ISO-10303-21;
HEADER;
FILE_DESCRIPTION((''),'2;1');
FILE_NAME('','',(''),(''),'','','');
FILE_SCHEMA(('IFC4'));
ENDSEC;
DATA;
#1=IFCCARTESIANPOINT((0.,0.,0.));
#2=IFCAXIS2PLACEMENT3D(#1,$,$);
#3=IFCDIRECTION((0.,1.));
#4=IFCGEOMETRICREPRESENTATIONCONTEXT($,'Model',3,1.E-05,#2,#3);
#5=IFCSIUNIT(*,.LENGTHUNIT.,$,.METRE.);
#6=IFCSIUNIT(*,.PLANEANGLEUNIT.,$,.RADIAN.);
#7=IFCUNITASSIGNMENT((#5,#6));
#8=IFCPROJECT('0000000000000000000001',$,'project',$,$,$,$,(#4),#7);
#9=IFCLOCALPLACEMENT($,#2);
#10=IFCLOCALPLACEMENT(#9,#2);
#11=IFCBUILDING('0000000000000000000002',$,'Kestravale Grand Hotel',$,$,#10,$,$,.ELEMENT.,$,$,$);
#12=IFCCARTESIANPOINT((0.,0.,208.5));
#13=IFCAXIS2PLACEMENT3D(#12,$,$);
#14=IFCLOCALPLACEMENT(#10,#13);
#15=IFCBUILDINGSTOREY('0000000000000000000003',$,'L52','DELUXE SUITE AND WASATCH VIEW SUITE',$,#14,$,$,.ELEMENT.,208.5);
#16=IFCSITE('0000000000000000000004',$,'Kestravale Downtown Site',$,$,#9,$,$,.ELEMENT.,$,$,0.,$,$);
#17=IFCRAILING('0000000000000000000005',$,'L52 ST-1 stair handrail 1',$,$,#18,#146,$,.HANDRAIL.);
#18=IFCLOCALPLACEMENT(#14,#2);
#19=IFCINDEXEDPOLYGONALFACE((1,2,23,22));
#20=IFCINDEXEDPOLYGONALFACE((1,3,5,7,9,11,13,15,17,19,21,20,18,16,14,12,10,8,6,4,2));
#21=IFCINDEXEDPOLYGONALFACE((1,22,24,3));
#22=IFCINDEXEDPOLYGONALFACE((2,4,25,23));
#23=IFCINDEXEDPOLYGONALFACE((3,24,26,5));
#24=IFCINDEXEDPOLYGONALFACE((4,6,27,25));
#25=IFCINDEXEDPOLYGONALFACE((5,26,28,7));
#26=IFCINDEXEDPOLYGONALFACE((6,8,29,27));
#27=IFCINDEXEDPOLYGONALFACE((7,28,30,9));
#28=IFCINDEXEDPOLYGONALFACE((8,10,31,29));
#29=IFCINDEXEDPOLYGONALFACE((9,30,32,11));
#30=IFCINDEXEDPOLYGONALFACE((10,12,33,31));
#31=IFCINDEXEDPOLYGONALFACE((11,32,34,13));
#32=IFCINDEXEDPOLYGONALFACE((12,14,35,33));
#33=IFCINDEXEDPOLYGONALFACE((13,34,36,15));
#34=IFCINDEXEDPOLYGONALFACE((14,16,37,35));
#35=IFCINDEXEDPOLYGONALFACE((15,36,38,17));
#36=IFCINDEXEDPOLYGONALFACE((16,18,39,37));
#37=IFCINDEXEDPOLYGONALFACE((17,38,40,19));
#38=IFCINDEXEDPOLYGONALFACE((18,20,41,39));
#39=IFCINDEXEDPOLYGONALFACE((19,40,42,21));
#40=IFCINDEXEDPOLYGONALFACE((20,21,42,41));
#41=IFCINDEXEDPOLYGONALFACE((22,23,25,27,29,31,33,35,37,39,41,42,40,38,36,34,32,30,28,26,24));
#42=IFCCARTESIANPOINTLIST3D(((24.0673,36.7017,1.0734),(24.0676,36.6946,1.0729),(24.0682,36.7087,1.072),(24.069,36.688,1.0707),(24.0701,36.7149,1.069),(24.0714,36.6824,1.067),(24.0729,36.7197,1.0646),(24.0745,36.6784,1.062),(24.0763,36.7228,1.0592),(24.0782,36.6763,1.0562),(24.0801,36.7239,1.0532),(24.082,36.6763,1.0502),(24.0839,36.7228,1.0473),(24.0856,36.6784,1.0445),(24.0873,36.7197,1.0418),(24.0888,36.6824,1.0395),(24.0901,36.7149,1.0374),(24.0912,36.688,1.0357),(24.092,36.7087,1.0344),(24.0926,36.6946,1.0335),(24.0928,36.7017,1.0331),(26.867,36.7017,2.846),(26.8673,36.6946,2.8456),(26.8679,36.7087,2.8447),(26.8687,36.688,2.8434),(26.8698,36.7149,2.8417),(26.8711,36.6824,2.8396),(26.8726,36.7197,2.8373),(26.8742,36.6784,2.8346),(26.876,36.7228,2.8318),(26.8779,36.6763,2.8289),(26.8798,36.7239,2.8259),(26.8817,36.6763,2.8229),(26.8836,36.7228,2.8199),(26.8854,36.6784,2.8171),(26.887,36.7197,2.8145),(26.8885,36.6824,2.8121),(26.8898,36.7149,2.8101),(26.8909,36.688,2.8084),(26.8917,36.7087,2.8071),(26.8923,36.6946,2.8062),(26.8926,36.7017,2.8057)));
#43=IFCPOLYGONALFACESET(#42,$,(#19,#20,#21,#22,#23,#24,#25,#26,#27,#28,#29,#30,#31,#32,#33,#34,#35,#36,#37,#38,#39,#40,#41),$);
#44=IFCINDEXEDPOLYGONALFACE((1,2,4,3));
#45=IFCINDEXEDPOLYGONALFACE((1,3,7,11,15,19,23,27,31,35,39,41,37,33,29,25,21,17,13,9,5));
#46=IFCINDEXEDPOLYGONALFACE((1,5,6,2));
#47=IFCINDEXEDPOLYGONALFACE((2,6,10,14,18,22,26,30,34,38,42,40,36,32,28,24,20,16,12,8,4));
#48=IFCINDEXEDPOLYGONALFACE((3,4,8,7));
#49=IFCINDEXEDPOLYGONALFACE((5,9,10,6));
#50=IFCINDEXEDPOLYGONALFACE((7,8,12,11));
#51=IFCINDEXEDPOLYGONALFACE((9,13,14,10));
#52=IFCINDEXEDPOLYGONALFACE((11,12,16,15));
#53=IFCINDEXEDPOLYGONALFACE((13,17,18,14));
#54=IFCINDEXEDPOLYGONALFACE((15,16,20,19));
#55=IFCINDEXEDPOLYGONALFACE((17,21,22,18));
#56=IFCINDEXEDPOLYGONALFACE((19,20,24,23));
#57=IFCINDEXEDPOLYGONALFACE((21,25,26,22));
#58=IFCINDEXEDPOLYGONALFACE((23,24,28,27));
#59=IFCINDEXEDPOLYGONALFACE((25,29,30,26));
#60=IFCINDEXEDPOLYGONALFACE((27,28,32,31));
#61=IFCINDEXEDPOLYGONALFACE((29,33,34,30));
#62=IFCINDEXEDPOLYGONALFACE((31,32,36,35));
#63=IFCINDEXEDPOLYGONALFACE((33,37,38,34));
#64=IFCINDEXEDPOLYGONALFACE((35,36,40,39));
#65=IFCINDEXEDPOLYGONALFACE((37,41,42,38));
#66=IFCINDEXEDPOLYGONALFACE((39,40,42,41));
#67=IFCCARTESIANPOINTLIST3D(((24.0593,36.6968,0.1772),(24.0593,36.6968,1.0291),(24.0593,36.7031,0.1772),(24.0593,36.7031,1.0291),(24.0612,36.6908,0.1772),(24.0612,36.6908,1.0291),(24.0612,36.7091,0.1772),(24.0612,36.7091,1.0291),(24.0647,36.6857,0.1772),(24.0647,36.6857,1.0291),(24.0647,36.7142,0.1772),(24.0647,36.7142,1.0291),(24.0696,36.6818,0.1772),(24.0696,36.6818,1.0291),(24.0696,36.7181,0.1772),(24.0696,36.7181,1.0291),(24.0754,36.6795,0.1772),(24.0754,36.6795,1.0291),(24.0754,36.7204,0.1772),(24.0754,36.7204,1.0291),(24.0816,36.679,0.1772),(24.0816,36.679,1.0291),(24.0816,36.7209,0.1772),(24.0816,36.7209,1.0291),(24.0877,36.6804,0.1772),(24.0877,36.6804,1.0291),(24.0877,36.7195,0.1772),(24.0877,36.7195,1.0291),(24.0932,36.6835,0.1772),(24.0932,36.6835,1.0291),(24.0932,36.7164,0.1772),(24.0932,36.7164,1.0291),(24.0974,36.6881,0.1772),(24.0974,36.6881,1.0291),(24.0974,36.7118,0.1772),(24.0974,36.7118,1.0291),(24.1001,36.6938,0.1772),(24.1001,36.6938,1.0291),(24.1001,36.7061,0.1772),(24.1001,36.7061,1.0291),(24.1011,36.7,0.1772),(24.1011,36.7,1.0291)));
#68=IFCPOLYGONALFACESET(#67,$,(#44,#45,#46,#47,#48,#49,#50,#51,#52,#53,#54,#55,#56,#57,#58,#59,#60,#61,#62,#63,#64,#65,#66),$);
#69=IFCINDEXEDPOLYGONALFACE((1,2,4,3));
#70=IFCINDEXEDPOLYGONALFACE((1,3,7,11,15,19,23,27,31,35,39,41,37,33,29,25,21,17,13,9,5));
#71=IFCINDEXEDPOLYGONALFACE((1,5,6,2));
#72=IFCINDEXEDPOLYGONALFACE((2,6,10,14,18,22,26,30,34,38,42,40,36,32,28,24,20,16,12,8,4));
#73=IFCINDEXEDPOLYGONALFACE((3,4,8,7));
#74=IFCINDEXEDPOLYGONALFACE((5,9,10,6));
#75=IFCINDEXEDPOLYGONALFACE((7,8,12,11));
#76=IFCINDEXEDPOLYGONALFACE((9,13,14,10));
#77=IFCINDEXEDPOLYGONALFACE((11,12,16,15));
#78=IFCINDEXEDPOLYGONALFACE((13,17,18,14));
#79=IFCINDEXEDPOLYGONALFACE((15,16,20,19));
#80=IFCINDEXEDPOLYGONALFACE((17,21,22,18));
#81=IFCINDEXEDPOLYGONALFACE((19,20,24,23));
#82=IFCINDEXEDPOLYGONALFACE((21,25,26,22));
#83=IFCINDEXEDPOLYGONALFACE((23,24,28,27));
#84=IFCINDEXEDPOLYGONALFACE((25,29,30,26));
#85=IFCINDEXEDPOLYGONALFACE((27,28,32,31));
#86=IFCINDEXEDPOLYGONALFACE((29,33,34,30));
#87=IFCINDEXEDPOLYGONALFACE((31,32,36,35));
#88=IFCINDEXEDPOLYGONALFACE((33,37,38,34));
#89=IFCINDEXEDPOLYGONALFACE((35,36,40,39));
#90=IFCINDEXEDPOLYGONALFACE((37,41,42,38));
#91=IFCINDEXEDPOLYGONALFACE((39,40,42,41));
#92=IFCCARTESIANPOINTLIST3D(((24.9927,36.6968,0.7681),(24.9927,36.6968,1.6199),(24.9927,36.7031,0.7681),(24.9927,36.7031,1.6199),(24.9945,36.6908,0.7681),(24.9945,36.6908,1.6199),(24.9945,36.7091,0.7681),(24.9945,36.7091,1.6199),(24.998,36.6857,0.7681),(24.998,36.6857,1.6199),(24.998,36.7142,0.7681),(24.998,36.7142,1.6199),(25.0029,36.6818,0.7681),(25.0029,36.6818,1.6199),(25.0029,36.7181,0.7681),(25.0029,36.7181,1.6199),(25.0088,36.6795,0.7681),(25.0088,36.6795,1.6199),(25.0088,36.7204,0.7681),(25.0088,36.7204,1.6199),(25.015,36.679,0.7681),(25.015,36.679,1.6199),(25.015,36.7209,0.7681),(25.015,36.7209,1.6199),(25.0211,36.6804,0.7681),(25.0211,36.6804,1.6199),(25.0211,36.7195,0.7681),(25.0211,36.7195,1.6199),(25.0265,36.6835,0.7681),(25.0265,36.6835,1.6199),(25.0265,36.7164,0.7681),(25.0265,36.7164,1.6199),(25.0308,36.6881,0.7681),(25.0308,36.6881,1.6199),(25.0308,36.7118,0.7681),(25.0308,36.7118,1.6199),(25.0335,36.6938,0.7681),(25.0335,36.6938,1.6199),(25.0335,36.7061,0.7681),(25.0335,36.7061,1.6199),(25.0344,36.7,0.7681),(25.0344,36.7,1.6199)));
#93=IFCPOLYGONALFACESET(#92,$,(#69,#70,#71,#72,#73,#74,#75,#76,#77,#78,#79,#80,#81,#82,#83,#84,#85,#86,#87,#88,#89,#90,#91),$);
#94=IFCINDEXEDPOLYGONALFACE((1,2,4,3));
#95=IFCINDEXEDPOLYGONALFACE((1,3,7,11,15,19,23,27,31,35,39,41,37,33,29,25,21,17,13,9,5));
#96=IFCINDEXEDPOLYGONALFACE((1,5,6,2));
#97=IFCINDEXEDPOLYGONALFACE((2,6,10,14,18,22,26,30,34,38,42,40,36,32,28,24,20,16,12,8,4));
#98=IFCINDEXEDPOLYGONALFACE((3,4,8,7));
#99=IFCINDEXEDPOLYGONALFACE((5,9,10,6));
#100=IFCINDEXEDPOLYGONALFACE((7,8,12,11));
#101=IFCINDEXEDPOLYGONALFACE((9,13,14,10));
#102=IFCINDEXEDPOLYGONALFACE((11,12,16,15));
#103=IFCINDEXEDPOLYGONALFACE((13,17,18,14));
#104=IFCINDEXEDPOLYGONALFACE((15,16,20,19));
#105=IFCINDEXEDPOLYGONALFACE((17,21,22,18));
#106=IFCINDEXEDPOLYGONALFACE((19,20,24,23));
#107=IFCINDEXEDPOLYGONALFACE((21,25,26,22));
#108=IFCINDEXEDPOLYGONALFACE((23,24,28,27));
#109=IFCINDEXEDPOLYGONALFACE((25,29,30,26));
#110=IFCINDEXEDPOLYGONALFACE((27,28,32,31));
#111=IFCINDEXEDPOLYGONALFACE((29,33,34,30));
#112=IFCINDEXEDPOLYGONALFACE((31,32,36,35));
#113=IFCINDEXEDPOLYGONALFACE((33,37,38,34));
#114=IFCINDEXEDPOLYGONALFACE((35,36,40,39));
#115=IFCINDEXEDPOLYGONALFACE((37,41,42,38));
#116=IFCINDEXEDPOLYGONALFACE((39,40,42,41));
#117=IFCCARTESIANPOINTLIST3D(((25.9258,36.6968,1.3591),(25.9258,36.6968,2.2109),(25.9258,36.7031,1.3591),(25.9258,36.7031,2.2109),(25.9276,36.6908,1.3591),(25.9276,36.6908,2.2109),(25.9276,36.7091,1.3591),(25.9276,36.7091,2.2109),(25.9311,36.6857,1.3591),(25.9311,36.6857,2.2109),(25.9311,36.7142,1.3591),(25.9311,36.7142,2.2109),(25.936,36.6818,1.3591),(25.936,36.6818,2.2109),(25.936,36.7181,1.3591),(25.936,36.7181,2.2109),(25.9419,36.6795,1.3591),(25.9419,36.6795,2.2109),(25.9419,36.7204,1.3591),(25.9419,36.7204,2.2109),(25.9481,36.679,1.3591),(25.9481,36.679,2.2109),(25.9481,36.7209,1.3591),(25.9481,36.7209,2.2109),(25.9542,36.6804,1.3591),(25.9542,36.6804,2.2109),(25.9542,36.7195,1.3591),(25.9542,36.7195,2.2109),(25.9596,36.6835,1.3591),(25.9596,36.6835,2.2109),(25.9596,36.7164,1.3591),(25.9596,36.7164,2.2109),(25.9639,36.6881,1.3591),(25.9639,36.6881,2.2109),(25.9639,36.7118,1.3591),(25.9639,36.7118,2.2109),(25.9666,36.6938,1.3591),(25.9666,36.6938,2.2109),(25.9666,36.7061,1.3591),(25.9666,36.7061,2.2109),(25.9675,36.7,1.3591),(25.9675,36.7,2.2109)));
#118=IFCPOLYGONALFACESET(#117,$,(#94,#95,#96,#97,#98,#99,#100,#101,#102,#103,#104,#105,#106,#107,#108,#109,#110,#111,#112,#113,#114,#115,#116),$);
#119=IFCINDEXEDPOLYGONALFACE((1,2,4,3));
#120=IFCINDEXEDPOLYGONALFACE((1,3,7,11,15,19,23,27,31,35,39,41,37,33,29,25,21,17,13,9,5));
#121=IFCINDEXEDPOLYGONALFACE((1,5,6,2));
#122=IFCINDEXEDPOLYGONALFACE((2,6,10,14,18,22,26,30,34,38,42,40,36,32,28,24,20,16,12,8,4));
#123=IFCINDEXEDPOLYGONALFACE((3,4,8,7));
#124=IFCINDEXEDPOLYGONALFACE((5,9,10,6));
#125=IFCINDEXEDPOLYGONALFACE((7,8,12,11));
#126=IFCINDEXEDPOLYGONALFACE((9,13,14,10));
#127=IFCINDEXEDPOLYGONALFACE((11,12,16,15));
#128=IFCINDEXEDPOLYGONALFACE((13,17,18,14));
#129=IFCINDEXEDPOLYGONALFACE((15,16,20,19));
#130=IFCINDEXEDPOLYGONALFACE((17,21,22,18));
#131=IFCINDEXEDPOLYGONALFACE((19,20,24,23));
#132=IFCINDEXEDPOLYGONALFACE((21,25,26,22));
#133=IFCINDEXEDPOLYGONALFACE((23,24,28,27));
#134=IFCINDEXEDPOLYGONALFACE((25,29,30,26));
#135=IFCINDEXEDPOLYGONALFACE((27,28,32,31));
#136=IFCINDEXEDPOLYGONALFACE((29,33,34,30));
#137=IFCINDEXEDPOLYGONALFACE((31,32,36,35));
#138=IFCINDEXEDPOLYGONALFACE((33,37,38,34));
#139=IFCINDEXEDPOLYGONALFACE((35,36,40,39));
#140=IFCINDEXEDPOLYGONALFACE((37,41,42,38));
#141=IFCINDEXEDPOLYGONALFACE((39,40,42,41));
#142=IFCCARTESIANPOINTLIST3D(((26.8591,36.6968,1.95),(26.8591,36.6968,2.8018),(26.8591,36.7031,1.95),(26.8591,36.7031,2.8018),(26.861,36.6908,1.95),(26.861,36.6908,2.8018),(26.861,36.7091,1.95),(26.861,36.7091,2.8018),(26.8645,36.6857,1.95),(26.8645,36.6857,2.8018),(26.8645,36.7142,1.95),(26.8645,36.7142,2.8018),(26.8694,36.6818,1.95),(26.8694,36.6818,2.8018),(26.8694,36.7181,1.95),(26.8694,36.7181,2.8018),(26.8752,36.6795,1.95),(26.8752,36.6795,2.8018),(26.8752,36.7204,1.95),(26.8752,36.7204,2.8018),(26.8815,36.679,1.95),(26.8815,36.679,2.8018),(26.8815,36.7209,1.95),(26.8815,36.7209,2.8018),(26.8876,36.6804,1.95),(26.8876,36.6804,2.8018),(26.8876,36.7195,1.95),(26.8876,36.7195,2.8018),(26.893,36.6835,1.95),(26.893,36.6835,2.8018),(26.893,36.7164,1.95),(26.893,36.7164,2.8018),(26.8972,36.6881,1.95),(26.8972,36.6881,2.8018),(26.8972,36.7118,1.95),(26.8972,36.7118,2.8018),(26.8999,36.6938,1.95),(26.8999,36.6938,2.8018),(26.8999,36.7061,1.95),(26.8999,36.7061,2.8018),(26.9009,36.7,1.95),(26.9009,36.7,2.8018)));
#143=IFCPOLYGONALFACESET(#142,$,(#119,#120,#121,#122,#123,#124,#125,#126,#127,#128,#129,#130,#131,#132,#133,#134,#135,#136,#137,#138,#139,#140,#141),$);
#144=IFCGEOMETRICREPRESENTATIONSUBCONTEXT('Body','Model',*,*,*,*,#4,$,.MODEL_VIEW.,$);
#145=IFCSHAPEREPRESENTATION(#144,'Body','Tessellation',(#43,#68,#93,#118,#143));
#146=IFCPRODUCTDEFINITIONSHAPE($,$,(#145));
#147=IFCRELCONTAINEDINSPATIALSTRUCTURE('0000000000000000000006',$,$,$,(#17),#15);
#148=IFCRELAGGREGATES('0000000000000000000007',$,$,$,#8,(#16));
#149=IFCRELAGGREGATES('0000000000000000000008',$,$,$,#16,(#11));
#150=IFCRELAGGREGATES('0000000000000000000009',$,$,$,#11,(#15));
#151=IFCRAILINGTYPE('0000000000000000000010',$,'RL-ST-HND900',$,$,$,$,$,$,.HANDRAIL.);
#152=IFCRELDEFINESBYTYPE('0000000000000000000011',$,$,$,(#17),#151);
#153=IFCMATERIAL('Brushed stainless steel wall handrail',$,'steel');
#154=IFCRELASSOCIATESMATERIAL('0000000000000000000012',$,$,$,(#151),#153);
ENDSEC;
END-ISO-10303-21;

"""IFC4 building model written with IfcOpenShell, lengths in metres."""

from ifc_helpers import new_model, si_unit, direction, frame, origin, origin_2d, place, context, subcontext, project, spatial, circle, extrude, material, type_object, element, save


model = new_model("IFC4")

# Units and contexts
model_context = context("Model", 3, precision=1e-05, world=origin(), true_north=direction((0.0, 1.0)))
body_context = subcontext(model_context, "Body", "Model", "MODEL_VIEW")
ifc_project = project(units=[si_unit("LENGTHUNIT", "METRE"), si_unit("PLANEANGLEUNIT", "RADIAN")], contexts=[model_context])

# Site, building, storey
site_placement = place(None, origin())
site = spatial("IfcSite", under=ifc_project, at=site_placement, Name="Kestravale Downtown Site", CompositionType="ELEMENT", RefElevation=0.0)
building_placement = place(site_placement, origin())
building = spatial("IfcBuilding", under=site, at=building_placement, Name="Kestravale Grand Hotel", CompositionType="ELEMENT")
storey_placement = place(building_placement, frame((0.0, 0.0, 208.5)))
storey = spatial("IfcBuildingStorey", under=building, at=storey_placement, Name="L52", Description="DELUXE SUITE AND WASATCH VIEW SUITE", CompositionType="ELEMENT", Elevation=208.5)

# Railing
ifc_material_1 = material(Name="Brushed stainless steel wall handrail", Category="steel")
railing_type = type_object("IfcRailingType", Name="RL-ST-HND900", PredefinedType="HANDRAIL", material=ifc_material_1)
railing_placement = place(storey_placement, frame((24.0801, 36.7, 0.1772)))
element("IfcRailing", 1, at=railing_placement, inside=storey, type_object=railing_type, Name="L52 ST-1 stair handrail 1", PredefinedType="HANDRAIL", context=body_context, shape_type="SweptSolid", body=[
    extrude(circle(Radius=0.0239, at=origin_2d()), frame((0.0, 0.0, 0.876), z_axis=(0.844888, 0.0, 0.534943), x_axis=(0.0, 1.0, 0.0)), (0.0, 0.0, 1.0), 3.3137),
    extrude(circle(Radius=0.021, at=origin_2d()), origin(), (0.0, 0.0, 1.0), 0.8518),
    extrude(circle(Radius=0.021, at=origin_2d()), frame((0.9333, 0.0, 0.5908)), (0.0, 0.0, 1.0), 0.8518),
    extrude(circle(Radius=0.021, at=origin_2d()), frame((1.8665, 0.0, 1.1819)), (0.0, 0.0, 1.0), 0.8518),
    extrude(circle(Radius=0.021, at=origin_2d()), frame((2.7998, 0.0, 1.7727)), (0.0, 0.0, 1.0), 0.8518),
])

save(model, "model.ifc")
